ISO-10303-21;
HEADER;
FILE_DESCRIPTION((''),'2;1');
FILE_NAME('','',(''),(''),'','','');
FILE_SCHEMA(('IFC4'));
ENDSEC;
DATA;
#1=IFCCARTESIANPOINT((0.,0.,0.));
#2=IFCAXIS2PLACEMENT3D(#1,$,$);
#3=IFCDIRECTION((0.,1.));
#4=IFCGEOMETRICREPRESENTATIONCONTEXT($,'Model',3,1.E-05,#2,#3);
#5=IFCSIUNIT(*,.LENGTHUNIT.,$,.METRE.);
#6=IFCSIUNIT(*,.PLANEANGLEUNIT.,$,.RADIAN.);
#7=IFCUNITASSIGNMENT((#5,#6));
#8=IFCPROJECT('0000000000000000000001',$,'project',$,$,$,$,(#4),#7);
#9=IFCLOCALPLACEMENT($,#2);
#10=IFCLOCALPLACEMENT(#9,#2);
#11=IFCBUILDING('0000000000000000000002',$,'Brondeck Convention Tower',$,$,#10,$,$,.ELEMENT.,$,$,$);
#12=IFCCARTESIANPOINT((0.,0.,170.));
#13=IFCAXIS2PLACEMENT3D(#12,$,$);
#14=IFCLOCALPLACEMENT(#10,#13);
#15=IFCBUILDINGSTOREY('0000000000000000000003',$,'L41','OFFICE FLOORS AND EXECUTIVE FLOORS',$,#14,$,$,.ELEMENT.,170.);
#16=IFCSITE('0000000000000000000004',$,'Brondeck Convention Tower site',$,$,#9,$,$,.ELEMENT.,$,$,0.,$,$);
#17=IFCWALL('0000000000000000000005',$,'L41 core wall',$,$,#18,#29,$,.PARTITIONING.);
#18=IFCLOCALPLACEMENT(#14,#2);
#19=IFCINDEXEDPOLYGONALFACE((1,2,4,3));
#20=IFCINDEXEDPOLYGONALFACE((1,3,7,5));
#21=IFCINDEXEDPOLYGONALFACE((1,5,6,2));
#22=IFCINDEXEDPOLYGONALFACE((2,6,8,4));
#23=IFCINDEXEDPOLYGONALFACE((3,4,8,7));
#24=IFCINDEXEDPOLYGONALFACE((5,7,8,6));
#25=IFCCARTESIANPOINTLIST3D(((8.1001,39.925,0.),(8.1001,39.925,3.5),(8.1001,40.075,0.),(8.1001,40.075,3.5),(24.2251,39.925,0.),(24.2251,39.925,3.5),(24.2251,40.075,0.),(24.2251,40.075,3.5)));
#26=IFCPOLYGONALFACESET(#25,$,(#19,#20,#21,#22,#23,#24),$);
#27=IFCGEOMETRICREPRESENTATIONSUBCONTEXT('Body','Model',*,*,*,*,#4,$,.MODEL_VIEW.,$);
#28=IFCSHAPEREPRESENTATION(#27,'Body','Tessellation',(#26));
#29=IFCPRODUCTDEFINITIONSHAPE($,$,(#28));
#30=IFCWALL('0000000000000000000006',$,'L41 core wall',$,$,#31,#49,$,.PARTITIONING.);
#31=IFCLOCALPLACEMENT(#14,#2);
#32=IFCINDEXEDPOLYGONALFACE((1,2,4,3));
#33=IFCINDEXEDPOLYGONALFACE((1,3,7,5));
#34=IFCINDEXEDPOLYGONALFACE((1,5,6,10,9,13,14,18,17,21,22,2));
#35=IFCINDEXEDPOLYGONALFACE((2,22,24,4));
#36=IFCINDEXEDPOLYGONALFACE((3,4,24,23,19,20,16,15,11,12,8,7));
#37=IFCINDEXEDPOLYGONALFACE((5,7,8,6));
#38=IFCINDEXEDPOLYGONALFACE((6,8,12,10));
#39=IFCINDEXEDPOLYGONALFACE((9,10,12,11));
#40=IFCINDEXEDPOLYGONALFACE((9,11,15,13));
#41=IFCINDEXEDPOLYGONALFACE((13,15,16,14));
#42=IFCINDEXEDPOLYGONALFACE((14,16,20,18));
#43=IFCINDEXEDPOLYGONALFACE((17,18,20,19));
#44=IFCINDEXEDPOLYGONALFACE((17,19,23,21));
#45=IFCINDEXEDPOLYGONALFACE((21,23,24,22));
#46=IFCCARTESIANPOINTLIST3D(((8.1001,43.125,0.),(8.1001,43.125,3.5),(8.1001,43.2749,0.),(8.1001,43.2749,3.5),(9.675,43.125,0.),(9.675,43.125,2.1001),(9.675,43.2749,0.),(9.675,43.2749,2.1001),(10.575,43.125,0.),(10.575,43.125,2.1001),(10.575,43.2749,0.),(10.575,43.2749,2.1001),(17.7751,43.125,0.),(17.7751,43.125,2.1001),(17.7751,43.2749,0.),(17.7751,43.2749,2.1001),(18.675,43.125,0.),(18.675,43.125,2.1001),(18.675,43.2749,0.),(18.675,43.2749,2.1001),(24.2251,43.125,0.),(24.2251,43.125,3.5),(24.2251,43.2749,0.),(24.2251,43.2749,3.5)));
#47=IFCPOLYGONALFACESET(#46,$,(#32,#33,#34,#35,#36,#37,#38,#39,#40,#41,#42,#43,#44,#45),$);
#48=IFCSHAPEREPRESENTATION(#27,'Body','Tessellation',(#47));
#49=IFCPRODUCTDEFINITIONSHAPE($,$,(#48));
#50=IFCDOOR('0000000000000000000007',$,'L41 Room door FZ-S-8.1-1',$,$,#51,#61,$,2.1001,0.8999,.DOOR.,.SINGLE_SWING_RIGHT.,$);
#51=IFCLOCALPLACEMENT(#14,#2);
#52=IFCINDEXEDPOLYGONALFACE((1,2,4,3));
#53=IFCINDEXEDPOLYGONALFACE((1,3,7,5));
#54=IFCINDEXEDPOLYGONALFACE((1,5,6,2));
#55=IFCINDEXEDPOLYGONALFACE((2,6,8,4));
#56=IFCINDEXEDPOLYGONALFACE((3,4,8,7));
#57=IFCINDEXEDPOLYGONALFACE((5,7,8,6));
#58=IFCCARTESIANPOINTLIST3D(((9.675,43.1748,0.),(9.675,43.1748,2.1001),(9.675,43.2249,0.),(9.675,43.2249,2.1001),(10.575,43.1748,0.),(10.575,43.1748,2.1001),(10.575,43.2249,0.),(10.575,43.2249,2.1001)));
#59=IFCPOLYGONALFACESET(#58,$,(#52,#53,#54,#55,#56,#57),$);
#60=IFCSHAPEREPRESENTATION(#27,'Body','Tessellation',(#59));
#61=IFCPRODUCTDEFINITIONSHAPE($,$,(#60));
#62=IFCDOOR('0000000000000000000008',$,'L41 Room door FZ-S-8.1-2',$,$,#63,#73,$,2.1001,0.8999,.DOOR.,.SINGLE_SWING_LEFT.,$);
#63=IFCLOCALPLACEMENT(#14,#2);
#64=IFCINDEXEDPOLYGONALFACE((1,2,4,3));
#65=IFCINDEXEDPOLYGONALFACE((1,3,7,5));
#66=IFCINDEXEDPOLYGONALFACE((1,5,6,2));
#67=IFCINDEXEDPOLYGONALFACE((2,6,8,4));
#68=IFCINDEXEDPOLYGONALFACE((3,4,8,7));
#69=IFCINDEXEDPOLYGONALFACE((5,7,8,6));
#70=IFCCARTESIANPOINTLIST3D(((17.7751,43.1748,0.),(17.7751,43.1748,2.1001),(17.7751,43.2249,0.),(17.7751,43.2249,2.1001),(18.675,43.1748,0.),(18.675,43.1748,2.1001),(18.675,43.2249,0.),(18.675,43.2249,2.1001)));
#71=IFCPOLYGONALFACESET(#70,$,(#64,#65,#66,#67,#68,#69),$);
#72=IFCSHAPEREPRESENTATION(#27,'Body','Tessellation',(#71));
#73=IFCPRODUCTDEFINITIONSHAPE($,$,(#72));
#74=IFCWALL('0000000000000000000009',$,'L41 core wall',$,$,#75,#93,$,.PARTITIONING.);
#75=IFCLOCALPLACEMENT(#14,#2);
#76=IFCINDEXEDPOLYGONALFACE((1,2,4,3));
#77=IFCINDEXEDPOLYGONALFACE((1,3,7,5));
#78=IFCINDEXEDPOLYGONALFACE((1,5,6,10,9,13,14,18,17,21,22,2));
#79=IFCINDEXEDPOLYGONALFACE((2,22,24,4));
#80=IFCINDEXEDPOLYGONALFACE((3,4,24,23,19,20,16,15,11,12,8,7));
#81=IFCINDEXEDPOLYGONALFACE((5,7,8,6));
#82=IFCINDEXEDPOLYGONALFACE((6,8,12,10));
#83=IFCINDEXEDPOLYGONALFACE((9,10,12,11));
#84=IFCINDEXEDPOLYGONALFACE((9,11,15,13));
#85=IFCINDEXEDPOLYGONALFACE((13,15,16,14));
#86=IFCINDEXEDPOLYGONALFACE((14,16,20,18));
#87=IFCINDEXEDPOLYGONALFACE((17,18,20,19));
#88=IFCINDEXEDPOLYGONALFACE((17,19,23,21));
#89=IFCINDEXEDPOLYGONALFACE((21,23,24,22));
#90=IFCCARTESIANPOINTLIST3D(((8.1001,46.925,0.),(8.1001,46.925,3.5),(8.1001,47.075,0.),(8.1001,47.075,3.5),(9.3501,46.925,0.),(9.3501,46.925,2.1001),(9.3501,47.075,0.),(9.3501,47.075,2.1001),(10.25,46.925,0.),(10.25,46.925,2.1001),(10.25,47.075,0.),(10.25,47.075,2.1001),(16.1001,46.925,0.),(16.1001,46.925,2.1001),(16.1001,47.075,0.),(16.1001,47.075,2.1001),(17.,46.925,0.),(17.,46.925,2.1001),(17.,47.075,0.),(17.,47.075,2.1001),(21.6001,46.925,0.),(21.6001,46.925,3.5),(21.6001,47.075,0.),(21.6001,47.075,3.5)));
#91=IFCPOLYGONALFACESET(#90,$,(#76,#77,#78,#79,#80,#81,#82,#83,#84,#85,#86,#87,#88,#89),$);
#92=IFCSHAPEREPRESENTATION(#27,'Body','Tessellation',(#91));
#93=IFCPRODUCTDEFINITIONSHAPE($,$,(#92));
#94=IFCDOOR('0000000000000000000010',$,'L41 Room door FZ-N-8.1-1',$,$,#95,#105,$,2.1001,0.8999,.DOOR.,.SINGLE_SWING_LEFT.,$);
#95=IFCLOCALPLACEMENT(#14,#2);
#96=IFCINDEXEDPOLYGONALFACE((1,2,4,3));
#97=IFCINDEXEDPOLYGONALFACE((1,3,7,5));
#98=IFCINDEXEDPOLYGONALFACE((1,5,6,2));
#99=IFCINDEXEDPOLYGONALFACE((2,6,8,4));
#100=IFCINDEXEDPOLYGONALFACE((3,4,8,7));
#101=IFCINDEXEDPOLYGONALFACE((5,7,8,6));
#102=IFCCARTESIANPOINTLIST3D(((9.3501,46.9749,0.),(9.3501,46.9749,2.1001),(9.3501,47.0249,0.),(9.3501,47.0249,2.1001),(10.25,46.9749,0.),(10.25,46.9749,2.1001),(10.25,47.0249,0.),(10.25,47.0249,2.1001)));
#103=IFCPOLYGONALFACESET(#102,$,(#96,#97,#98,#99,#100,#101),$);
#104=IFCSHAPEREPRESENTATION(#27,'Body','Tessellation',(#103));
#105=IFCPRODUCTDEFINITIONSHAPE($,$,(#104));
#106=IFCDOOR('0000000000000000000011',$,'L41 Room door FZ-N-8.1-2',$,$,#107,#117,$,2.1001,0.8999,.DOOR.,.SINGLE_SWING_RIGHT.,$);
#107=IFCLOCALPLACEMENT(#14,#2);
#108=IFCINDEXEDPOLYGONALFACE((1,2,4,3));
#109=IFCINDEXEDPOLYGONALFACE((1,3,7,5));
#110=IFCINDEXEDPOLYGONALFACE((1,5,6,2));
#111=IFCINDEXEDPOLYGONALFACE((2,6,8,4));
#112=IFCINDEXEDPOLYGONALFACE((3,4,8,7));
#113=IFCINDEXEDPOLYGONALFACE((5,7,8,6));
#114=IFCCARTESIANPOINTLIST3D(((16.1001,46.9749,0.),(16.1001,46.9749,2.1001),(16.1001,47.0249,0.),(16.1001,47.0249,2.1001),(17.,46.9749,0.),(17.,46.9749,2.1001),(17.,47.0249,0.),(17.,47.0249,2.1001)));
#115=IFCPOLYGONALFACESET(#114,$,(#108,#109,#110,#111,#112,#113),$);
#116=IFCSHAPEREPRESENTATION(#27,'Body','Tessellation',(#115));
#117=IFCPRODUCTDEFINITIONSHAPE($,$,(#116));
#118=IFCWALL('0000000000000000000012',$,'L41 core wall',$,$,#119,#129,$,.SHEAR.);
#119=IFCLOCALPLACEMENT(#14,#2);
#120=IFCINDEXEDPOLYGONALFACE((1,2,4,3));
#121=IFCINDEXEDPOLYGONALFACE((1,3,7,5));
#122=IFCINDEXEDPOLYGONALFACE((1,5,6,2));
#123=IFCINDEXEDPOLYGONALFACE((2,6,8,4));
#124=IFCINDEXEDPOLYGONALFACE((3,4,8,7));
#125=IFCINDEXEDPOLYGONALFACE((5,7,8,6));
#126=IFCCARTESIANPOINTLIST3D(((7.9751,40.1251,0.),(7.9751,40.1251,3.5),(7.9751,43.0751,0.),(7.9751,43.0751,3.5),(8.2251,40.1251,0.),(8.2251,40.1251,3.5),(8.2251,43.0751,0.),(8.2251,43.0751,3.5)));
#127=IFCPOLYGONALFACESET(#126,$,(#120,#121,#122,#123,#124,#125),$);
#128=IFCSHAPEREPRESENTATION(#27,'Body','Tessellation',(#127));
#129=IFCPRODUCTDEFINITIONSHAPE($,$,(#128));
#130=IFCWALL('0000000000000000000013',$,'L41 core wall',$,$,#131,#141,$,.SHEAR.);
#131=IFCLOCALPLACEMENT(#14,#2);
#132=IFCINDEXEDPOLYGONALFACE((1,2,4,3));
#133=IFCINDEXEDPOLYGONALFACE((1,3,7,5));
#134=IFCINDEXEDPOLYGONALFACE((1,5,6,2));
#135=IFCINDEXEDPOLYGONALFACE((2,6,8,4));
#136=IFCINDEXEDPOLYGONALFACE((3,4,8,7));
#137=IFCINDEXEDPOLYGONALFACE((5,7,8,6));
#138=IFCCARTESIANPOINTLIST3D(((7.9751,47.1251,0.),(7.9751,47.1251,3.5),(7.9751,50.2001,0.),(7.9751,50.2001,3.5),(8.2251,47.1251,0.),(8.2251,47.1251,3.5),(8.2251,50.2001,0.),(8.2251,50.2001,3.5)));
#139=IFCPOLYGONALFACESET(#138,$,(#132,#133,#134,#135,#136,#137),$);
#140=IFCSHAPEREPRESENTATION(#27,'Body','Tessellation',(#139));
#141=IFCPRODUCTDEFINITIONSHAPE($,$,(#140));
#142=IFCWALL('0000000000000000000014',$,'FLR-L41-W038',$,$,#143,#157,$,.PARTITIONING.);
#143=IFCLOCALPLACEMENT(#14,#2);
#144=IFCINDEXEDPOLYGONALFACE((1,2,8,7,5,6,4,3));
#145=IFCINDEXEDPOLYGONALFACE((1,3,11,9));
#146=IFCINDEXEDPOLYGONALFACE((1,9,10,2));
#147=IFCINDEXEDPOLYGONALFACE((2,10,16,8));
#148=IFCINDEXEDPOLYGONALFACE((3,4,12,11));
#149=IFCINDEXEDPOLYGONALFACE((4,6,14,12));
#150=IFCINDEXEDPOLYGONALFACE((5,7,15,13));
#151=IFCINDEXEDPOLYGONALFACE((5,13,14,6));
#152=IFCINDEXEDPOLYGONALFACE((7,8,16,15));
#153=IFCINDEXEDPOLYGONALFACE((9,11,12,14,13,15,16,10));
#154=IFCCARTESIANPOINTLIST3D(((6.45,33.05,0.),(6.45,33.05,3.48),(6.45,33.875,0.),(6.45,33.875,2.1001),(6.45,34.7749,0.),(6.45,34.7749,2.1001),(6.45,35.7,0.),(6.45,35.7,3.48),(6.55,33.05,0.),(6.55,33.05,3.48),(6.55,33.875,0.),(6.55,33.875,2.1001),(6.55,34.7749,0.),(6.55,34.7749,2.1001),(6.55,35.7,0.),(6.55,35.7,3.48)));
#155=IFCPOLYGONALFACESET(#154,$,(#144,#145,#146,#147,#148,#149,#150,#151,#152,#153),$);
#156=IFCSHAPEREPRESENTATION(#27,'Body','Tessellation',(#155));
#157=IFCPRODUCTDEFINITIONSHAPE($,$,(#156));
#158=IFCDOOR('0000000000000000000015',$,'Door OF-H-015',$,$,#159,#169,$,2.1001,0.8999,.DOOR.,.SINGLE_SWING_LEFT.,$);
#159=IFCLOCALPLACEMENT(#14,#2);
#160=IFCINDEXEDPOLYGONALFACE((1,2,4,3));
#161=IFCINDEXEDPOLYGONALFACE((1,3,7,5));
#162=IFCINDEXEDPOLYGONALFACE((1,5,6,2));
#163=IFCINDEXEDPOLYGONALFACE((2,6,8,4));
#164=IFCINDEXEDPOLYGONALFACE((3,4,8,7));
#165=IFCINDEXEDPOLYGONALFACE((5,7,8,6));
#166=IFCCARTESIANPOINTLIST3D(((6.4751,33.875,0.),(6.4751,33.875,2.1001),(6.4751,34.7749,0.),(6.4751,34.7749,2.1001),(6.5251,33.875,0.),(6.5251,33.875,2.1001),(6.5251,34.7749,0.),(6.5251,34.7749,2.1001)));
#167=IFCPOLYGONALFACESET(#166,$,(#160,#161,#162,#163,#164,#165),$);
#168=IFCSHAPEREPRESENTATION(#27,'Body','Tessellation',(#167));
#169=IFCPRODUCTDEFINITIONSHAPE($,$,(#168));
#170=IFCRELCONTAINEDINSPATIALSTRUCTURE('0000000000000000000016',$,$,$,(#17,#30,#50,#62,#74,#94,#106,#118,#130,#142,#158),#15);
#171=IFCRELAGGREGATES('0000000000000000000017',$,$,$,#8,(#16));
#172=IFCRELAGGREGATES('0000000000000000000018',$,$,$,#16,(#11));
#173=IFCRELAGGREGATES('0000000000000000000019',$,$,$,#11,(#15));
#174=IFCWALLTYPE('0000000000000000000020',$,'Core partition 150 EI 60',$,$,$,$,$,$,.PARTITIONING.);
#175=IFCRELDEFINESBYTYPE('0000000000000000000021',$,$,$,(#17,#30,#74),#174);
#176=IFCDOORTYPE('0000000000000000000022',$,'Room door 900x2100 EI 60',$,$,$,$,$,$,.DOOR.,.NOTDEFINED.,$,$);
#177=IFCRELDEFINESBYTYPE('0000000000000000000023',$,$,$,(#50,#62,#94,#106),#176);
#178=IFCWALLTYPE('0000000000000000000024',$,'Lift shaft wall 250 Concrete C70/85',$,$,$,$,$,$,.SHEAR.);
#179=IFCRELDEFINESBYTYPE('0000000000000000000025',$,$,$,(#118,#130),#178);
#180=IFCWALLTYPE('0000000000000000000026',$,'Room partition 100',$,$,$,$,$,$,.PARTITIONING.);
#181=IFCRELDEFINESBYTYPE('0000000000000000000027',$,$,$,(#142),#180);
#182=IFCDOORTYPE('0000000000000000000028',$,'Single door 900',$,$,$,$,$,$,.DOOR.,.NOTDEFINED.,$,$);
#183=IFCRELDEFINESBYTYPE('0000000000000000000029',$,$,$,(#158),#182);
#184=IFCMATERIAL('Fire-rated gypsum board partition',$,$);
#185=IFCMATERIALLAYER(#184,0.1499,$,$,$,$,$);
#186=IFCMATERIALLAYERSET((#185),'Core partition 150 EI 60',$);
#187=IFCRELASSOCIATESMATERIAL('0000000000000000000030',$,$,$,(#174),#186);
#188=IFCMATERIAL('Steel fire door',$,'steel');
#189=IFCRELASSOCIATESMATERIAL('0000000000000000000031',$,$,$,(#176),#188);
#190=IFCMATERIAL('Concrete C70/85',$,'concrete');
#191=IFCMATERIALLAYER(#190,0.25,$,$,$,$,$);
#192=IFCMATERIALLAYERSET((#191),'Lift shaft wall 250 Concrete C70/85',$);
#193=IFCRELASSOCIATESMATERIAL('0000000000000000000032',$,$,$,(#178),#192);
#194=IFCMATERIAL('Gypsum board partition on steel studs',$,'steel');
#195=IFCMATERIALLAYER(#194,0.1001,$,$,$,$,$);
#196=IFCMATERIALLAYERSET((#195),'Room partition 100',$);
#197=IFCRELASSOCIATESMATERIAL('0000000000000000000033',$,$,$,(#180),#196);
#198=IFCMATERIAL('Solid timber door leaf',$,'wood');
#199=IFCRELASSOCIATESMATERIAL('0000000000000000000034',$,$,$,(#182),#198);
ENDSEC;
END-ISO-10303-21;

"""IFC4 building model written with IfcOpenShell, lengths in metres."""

from ifc_helpers import new_model, si_unit, direction, frame, frame_2d, origin, place, context, subcontext, project, spatial, rectangle, extrude, material, layer, layer_set, type_object, element, fill, save


model = new_model("IFC4")

# Units and contexts
model_context = context("Model", 3, precision=1e-05, world=origin(), true_north=direction((0.0, 1.0)))
body_context = subcontext(model_context, "Body", "Model", "MODEL_VIEW")
ifc_project = project(units=[si_unit("LENGTHUNIT", "METRE"), si_unit("PLANEANGLEUNIT", "RADIAN")], contexts=[model_context])

# Site, building, storey
site_placement = place(None, origin())
site = spatial("IfcSite", under=ifc_project, at=site_placement, Name="Brondeck Convention Tower site", CompositionType="ELEMENT", RefElevation=0.0)
building_placement = place(site_placement, origin())
building = spatial("IfcBuilding", under=site, at=building_placement, Name="Brondeck Convention Tower", CompositionType="ELEMENT")
storey_placement = place(building_placement, frame((0.0, 0.0, 170.0)))
storey = spatial("IfcBuildingStorey", under=building, at=storey_placement, Name="L41", Description="OFFICE FLOORS AND EXECUTIVE FLOORS", CompositionType="ELEMENT", Elevation=170.0)

# Wall
ifc_material_1 = material(Name="Fire-rated gypsum board partition")
ifc_layer_1 = layer(ifc_material_1, 0.1499)
ifc_layer_set_1 = layer_set([ifc_layer_1], Name="Core partition 150 EI 60")
wall_type_1 = type_object("IfcWallType", Name="Core partition 150 EI 60", PredefinedType="PARTITIONING", material=ifc_layer_set_1)
wall_1_placement = place(storey_placement, frame((8.1001, 40.0, 0.0), z_axis=(0.0, 0.0, 1.0), x_axis=(1.0, 0.0, 0.0)))
element("IfcWall", 1, at=wall_1_placement, inside=storey, type_object=wall_type_1, Name="L41 core wall", PredefinedType="PARTITIONING", context=body_context, shape_type="SweptSolid", body=[
    extrude(rectangle(XDim=16.125, YDim=0.1499, at=frame_2d((8.0625, 0.0))), origin(), (0.0, 0.0, 1.0), 3.5),
])

# Walls, openings, doors
wall_2_placement = place(storey_placement, frame((8.1001, 43.2, 0.0), z_axis=(0.0, 0.0, 1.0), x_axis=(1.0, 0.0, 0.0)))
wall_2 = element("IfcWall", 2, at=wall_2_placement, inside=storey, type_object=wall_type_1, Name="L41 core wall", PredefinedType="PARTITIONING", context=body_context, shape_type="SweptSolid", body=[
    extrude(rectangle(XDim=16.125, YDim=0.1499, at=frame_2d((8.0625, 0.0))), origin(), (0.0, 0.0, 1.0), 3.5),
])
opening_1_placement = place(wall_2_placement, frame((1.575, 0.0, 0.0)))
opening_1 = element("IfcOpeningElement", 3, at=opening_1_placement, cuts=wall_2, PredefinedType="OPENING", context=body_context, shape_type="SweptSolid", body=[
    extrude(rectangle(XDim=0.8999, YDim=2.1001, at=frame_2d((0.45, 1.05))), frame((0.0, 0.085, 0.0), z_axis=(0.0, -1.0, 0.0), x_axis=(1.0, 0.0, 0.0)), (0.0, 0.0, 1.0), 0.1699),
])
opening_2_placement = place(wall_2_placement, frame((9.675, 0.0, 0.0)))
opening_2 = element("IfcOpeningElement", 4, at=opening_2_placement, cuts=wall_2, PredefinedType="OPENING", context=body_context, shape_type="SweptSolid", body=[
    extrude(rectangle(XDim=0.8999, YDim=2.1001, at=frame_2d((0.45, 1.05))), frame((0.0, 0.085, 0.0), z_axis=(0.0, -1.0, 0.0), x_axis=(1.0, 0.0, 0.0)), (0.0, 0.0, 1.0), 0.1699),
])
ifc_material_2 = material(Name="Steel fire door", Category="steel")
door_type_1 = type_object("IfcDoorType", Name="Room door 900x2100 EI 60", OperationType="NOTDEFINED", PredefinedType="DOOR", material=ifc_material_2)
door_1_placement = place(opening_1_placement, origin())
door_1 = element("IfcDoor", 5, at=door_1_placement, inside=storey, type_object=door_type_1, Name="L41 Room door FZ-S-8.1-1", OperationType="SINGLE_SWING_RIGHT", OverallHeight=2.1001, OverallWidth=0.8999, PredefinedType="DOOR", context=body_context, shape_type="SweptSolid", body=[
    extrude(rectangle(XDim=0.8999, YDim=2.1001, at=frame_2d((0.45, 1.05))), frame((0.0, 0.0249, 0.0), z_axis=(0.0, -1.0, 0.0), x_axis=(1.0, 0.0, 0.0)), (0.0, 0.0, 1.0), 0.05),
])
fill(opening_1, door_1)
door_2_placement = place(opening_2_placement, origin())
door_2 = element("IfcDoor", 6, at=door_2_placement, inside=storey, type_object=door_type_1, Name="L41 Room door FZ-S-8.1-2", OperationType="SINGLE_SWING_LEFT", OverallHeight=2.1001, OverallWidth=0.8999, PredefinedType="DOOR", context=body_context, shape_type="SweptSolid", body=[
    extrude(rectangle(XDim=0.8999, YDim=2.1001, at=frame_2d((0.45, 1.05))), frame((0.0, 0.0249, 0.0), z_axis=(0.0, -1.0, 0.0), x_axis=(1.0, 0.0, 0.0)), (0.0, 0.0, 1.0), 0.05),
])
fill(opening_2, door_2)
wall_3_placement = place(storey_placement, frame((8.1001, 47.0, 0.0), z_axis=(0.0, 0.0, 1.0), x_axis=(1.0, 0.0, 0.0)))
wall_3 = element("IfcWall", 7, at=wall_3_placement, inside=storey, type_object=wall_type_1, Name="L41 core wall", PredefinedType="PARTITIONING", context=body_context, shape_type="SweptSolid", body=[
    extrude(rectangle(XDim=13.5, YDim=0.1499, at=frame_2d((6.75, 0.0))), origin(), (0.0, 0.0, 1.0), 3.5),
])
opening_3_placement = place(wall_3_placement, frame((1.25, 0.0, 0.0)))
opening_3 = element("IfcOpeningElement", 8, at=opening_3_placement, cuts=wall_3, PredefinedType="OPENING", context=body_context, shape_type="SweptSolid", body=[
    extrude(rectangle(XDim=0.8999, YDim=2.1001, at=frame_2d((0.45, 1.05))), frame((0.0, 0.085, 0.0), z_axis=(0.0, -1.0, 0.0), x_axis=(1.0, 0.0, 0.0)), (0.0, 0.0, 1.0), 0.1699),
])
opening_4_placement = place(wall_3_placement, frame((8.0, 0.0, 0.0)))
opening_4 = element("IfcOpeningElement", 9, at=opening_4_placement, cuts=wall_3, PredefinedType="OPENING", context=body_context, shape_type="SweptSolid", body=[
    extrude(rectangle(XDim=0.8999, YDim=2.1001, at=frame_2d((0.45, 1.05))), frame((0.0, 0.085, 0.0), z_axis=(0.0, -1.0, 0.0), x_axis=(1.0, 0.0, 0.0)), (0.0, 0.0, 1.0), 0.1699),
])
door_3_placement = place(opening_3_placement, origin())
door_3 = element("IfcDoor", 10, at=door_3_placement, inside=storey, type_object=door_type_1, Name="L41 Room door FZ-N-8.1-1", OperationType="SINGLE_SWING_LEFT", OverallHeight=2.1001, OverallWidth=0.8999, PredefinedType="DOOR", context=body_context, shape_type="SweptSolid", body=[
    extrude(rectangle(XDim=0.8999, YDim=2.1001, at=frame_2d((0.45, 1.05))), frame((0.0, 0.0249, 0.0), z_axis=(0.0, -1.0, 0.0), x_axis=(1.0, 0.0, 0.0)), (0.0, 0.0, 1.0), 0.05),
])
fill(opening_3, door_3)
door_4_placement = place(opening_4_placement, origin())
door_4 = element("IfcDoor", 11, at=door_4_placement, inside=storey, type_object=door_type_1, Name="L41 Room door FZ-N-8.1-2", OperationType="SINGLE_SWING_RIGHT", OverallHeight=2.1001, OverallWidth=0.8999, PredefinedType="DOOR", context=body_context, shape_type="SweptSolid", body=[
    extrude(rectangle(XDim=0.8999, YDim=2.1001, at=frame_2d((0.45, 1.05))), frame((0.0, 0.0249, 0.0), z_axis=(0.0, -1.0, 0.0), x_axis=(1.0, 0.0, 0.0)), (0.0, 0.0, 1.0), 0.05),
])
fill(opening_4, door_4)

# Walls
ifc_material_3 = material(Name="Concrete C70/85", Category="concrete")
ifc_layer_2 = layer(ifc_material_3, 0.25)
ifc_layer_set_2 = layer_set([ifc_layer_2], Name="Lift shaft wall 250 Concrete C70/85")
wall_type_2 = type_object("IfcWallType", Name="Lift shaft wall 250 Concrete C70/85", PredefinedType="SHEAR", material=ifc_layer_set_2)
wall_4_placement = place(storey_placement, frame((8.1001, 40.125, 0.0), z_axis=(0.0, 0.0, 1.0), x_axis=(0.0, 1.0, 0.0)))
element("IfcWall", 12, at=wall_4_placement, inside=storey, type_object=wall_type_2, Name="L41 core wall", PredefinedType="SHEAR", context=body_context, shape_type="SweptSolid", body=[
    extrude(rectangle(XDim=2.95, YDim=0.25, at=frame_2d((1.4751, 0.0))), origin(), (0.0, 0.0, 1.0), 3.5),
])
wall_5_placement = place(storey_placement, frame((8.1001, 47.125, 0.0), z_axis=(0.0, 0.0, 1.0), x_axis=(0.0, 1.0, 0.0)))
element("IfcWall", 13, at=wall_5_placement, inside=storey, type_object=wall_type_2, Name="L41 core wall", PredefinedType="SHEAR", context=body_context, shape_type="SweptSolid", body=[
    extrude(rectangle(XDim=3.075, YDim=0.25, at=frame_2d((1.5376, 0.0))), origin(), (0.0, 0.0, 1.0), 3.5),
])

# Wall, opening, door
ifc_material_4 = material(Name="Gypsum board partition on steel studs", Category="steel")
ifc_layer_3 = layer(ifc_material_4, 0.1001)
ifc_layer_set_3 = layer_set([ifc_layer_3], Name="Room partition 100")
wall_type_3 = type_object("IfcWallType", Name="Room partition 100", PredefinedType="PARTITIONING", material=ifc_layer_set_3)
wall_6_placement = place(storey_placement, frame((6.5, 33.05, 0.0), z_axis=(0.0, 0.0, 1.0), x_axis=(0.0, 1.0, 0.0)))
wall_6 = element("IfcWall", 14, at=wall_6_placement, inside=storey, type_object=wall_type_3, Name="FLR-L41-W038", PredefinedType="PARTITIONING", context=body_context, shape_type="SweptSolid", body=[
    extrude(rectangle(XDim=2.6499, YDim=0.1001, at=frame_2d((1.325, 0.0))), origin(), (0.0, 0.0, 1.0), 3.48),
])
opening_5_placement = place(wall_6_placement, frame((0.825, 0.0, 0.0)))
opening_5 = element("IfcOpeningElement", 15, at=opening_5_placement, cuts=wall_6, PredefinedType="OPENING", context=body_context, shape_type="SweptSolid", body=[
    extrude(rectangle(XDim=0.8999, YDim=2.1001, at=frame_2d((0.45, 1.05))), frame((0.0, 0.0601, 0.0), z_axis=(0.0, -1.0, 0.0), x_axis=(1.0, 0.0, 0.0)), (0.0, 0.0, 1.0), 0.1201),
])
ifc_material_5 = material(Name="Solid timber door leaf", Category="wood")
door_type_2 = type_object("IfcDoorType", Name="Single door 900", OperationType="NOTDEFINED", PredefinedType="DOOR", material=ifc_material_5)
door_5_placement = place(opening_5_placement, origin())
door_5 = element("IfcDoor", 16, at=door_5_placement, inside=storey, type_object=door_type_2, Name="Door OF-H-015", OperationType="SINGLE_SWING_LEFT", OverallHeight=2.1001, OverallWidth=0.8999, PredefinedType="DOOR", context=body_context, shape_type="SweptSolid", body=[
    extrude(rectangle(XDim=0.8999, YDim=2.1001, at=frame_2d((0.45, 1.05))), frame((0.0, 0.0249, 0.0), z_axis=(0.0, -1.0, 0.0), x_axis=(1.0, 0.0, 0.0)), (0.0, 0.0, 1.0), 0.05),
])
fill(opening_5, door_5)

save(model, "model.ifc")
